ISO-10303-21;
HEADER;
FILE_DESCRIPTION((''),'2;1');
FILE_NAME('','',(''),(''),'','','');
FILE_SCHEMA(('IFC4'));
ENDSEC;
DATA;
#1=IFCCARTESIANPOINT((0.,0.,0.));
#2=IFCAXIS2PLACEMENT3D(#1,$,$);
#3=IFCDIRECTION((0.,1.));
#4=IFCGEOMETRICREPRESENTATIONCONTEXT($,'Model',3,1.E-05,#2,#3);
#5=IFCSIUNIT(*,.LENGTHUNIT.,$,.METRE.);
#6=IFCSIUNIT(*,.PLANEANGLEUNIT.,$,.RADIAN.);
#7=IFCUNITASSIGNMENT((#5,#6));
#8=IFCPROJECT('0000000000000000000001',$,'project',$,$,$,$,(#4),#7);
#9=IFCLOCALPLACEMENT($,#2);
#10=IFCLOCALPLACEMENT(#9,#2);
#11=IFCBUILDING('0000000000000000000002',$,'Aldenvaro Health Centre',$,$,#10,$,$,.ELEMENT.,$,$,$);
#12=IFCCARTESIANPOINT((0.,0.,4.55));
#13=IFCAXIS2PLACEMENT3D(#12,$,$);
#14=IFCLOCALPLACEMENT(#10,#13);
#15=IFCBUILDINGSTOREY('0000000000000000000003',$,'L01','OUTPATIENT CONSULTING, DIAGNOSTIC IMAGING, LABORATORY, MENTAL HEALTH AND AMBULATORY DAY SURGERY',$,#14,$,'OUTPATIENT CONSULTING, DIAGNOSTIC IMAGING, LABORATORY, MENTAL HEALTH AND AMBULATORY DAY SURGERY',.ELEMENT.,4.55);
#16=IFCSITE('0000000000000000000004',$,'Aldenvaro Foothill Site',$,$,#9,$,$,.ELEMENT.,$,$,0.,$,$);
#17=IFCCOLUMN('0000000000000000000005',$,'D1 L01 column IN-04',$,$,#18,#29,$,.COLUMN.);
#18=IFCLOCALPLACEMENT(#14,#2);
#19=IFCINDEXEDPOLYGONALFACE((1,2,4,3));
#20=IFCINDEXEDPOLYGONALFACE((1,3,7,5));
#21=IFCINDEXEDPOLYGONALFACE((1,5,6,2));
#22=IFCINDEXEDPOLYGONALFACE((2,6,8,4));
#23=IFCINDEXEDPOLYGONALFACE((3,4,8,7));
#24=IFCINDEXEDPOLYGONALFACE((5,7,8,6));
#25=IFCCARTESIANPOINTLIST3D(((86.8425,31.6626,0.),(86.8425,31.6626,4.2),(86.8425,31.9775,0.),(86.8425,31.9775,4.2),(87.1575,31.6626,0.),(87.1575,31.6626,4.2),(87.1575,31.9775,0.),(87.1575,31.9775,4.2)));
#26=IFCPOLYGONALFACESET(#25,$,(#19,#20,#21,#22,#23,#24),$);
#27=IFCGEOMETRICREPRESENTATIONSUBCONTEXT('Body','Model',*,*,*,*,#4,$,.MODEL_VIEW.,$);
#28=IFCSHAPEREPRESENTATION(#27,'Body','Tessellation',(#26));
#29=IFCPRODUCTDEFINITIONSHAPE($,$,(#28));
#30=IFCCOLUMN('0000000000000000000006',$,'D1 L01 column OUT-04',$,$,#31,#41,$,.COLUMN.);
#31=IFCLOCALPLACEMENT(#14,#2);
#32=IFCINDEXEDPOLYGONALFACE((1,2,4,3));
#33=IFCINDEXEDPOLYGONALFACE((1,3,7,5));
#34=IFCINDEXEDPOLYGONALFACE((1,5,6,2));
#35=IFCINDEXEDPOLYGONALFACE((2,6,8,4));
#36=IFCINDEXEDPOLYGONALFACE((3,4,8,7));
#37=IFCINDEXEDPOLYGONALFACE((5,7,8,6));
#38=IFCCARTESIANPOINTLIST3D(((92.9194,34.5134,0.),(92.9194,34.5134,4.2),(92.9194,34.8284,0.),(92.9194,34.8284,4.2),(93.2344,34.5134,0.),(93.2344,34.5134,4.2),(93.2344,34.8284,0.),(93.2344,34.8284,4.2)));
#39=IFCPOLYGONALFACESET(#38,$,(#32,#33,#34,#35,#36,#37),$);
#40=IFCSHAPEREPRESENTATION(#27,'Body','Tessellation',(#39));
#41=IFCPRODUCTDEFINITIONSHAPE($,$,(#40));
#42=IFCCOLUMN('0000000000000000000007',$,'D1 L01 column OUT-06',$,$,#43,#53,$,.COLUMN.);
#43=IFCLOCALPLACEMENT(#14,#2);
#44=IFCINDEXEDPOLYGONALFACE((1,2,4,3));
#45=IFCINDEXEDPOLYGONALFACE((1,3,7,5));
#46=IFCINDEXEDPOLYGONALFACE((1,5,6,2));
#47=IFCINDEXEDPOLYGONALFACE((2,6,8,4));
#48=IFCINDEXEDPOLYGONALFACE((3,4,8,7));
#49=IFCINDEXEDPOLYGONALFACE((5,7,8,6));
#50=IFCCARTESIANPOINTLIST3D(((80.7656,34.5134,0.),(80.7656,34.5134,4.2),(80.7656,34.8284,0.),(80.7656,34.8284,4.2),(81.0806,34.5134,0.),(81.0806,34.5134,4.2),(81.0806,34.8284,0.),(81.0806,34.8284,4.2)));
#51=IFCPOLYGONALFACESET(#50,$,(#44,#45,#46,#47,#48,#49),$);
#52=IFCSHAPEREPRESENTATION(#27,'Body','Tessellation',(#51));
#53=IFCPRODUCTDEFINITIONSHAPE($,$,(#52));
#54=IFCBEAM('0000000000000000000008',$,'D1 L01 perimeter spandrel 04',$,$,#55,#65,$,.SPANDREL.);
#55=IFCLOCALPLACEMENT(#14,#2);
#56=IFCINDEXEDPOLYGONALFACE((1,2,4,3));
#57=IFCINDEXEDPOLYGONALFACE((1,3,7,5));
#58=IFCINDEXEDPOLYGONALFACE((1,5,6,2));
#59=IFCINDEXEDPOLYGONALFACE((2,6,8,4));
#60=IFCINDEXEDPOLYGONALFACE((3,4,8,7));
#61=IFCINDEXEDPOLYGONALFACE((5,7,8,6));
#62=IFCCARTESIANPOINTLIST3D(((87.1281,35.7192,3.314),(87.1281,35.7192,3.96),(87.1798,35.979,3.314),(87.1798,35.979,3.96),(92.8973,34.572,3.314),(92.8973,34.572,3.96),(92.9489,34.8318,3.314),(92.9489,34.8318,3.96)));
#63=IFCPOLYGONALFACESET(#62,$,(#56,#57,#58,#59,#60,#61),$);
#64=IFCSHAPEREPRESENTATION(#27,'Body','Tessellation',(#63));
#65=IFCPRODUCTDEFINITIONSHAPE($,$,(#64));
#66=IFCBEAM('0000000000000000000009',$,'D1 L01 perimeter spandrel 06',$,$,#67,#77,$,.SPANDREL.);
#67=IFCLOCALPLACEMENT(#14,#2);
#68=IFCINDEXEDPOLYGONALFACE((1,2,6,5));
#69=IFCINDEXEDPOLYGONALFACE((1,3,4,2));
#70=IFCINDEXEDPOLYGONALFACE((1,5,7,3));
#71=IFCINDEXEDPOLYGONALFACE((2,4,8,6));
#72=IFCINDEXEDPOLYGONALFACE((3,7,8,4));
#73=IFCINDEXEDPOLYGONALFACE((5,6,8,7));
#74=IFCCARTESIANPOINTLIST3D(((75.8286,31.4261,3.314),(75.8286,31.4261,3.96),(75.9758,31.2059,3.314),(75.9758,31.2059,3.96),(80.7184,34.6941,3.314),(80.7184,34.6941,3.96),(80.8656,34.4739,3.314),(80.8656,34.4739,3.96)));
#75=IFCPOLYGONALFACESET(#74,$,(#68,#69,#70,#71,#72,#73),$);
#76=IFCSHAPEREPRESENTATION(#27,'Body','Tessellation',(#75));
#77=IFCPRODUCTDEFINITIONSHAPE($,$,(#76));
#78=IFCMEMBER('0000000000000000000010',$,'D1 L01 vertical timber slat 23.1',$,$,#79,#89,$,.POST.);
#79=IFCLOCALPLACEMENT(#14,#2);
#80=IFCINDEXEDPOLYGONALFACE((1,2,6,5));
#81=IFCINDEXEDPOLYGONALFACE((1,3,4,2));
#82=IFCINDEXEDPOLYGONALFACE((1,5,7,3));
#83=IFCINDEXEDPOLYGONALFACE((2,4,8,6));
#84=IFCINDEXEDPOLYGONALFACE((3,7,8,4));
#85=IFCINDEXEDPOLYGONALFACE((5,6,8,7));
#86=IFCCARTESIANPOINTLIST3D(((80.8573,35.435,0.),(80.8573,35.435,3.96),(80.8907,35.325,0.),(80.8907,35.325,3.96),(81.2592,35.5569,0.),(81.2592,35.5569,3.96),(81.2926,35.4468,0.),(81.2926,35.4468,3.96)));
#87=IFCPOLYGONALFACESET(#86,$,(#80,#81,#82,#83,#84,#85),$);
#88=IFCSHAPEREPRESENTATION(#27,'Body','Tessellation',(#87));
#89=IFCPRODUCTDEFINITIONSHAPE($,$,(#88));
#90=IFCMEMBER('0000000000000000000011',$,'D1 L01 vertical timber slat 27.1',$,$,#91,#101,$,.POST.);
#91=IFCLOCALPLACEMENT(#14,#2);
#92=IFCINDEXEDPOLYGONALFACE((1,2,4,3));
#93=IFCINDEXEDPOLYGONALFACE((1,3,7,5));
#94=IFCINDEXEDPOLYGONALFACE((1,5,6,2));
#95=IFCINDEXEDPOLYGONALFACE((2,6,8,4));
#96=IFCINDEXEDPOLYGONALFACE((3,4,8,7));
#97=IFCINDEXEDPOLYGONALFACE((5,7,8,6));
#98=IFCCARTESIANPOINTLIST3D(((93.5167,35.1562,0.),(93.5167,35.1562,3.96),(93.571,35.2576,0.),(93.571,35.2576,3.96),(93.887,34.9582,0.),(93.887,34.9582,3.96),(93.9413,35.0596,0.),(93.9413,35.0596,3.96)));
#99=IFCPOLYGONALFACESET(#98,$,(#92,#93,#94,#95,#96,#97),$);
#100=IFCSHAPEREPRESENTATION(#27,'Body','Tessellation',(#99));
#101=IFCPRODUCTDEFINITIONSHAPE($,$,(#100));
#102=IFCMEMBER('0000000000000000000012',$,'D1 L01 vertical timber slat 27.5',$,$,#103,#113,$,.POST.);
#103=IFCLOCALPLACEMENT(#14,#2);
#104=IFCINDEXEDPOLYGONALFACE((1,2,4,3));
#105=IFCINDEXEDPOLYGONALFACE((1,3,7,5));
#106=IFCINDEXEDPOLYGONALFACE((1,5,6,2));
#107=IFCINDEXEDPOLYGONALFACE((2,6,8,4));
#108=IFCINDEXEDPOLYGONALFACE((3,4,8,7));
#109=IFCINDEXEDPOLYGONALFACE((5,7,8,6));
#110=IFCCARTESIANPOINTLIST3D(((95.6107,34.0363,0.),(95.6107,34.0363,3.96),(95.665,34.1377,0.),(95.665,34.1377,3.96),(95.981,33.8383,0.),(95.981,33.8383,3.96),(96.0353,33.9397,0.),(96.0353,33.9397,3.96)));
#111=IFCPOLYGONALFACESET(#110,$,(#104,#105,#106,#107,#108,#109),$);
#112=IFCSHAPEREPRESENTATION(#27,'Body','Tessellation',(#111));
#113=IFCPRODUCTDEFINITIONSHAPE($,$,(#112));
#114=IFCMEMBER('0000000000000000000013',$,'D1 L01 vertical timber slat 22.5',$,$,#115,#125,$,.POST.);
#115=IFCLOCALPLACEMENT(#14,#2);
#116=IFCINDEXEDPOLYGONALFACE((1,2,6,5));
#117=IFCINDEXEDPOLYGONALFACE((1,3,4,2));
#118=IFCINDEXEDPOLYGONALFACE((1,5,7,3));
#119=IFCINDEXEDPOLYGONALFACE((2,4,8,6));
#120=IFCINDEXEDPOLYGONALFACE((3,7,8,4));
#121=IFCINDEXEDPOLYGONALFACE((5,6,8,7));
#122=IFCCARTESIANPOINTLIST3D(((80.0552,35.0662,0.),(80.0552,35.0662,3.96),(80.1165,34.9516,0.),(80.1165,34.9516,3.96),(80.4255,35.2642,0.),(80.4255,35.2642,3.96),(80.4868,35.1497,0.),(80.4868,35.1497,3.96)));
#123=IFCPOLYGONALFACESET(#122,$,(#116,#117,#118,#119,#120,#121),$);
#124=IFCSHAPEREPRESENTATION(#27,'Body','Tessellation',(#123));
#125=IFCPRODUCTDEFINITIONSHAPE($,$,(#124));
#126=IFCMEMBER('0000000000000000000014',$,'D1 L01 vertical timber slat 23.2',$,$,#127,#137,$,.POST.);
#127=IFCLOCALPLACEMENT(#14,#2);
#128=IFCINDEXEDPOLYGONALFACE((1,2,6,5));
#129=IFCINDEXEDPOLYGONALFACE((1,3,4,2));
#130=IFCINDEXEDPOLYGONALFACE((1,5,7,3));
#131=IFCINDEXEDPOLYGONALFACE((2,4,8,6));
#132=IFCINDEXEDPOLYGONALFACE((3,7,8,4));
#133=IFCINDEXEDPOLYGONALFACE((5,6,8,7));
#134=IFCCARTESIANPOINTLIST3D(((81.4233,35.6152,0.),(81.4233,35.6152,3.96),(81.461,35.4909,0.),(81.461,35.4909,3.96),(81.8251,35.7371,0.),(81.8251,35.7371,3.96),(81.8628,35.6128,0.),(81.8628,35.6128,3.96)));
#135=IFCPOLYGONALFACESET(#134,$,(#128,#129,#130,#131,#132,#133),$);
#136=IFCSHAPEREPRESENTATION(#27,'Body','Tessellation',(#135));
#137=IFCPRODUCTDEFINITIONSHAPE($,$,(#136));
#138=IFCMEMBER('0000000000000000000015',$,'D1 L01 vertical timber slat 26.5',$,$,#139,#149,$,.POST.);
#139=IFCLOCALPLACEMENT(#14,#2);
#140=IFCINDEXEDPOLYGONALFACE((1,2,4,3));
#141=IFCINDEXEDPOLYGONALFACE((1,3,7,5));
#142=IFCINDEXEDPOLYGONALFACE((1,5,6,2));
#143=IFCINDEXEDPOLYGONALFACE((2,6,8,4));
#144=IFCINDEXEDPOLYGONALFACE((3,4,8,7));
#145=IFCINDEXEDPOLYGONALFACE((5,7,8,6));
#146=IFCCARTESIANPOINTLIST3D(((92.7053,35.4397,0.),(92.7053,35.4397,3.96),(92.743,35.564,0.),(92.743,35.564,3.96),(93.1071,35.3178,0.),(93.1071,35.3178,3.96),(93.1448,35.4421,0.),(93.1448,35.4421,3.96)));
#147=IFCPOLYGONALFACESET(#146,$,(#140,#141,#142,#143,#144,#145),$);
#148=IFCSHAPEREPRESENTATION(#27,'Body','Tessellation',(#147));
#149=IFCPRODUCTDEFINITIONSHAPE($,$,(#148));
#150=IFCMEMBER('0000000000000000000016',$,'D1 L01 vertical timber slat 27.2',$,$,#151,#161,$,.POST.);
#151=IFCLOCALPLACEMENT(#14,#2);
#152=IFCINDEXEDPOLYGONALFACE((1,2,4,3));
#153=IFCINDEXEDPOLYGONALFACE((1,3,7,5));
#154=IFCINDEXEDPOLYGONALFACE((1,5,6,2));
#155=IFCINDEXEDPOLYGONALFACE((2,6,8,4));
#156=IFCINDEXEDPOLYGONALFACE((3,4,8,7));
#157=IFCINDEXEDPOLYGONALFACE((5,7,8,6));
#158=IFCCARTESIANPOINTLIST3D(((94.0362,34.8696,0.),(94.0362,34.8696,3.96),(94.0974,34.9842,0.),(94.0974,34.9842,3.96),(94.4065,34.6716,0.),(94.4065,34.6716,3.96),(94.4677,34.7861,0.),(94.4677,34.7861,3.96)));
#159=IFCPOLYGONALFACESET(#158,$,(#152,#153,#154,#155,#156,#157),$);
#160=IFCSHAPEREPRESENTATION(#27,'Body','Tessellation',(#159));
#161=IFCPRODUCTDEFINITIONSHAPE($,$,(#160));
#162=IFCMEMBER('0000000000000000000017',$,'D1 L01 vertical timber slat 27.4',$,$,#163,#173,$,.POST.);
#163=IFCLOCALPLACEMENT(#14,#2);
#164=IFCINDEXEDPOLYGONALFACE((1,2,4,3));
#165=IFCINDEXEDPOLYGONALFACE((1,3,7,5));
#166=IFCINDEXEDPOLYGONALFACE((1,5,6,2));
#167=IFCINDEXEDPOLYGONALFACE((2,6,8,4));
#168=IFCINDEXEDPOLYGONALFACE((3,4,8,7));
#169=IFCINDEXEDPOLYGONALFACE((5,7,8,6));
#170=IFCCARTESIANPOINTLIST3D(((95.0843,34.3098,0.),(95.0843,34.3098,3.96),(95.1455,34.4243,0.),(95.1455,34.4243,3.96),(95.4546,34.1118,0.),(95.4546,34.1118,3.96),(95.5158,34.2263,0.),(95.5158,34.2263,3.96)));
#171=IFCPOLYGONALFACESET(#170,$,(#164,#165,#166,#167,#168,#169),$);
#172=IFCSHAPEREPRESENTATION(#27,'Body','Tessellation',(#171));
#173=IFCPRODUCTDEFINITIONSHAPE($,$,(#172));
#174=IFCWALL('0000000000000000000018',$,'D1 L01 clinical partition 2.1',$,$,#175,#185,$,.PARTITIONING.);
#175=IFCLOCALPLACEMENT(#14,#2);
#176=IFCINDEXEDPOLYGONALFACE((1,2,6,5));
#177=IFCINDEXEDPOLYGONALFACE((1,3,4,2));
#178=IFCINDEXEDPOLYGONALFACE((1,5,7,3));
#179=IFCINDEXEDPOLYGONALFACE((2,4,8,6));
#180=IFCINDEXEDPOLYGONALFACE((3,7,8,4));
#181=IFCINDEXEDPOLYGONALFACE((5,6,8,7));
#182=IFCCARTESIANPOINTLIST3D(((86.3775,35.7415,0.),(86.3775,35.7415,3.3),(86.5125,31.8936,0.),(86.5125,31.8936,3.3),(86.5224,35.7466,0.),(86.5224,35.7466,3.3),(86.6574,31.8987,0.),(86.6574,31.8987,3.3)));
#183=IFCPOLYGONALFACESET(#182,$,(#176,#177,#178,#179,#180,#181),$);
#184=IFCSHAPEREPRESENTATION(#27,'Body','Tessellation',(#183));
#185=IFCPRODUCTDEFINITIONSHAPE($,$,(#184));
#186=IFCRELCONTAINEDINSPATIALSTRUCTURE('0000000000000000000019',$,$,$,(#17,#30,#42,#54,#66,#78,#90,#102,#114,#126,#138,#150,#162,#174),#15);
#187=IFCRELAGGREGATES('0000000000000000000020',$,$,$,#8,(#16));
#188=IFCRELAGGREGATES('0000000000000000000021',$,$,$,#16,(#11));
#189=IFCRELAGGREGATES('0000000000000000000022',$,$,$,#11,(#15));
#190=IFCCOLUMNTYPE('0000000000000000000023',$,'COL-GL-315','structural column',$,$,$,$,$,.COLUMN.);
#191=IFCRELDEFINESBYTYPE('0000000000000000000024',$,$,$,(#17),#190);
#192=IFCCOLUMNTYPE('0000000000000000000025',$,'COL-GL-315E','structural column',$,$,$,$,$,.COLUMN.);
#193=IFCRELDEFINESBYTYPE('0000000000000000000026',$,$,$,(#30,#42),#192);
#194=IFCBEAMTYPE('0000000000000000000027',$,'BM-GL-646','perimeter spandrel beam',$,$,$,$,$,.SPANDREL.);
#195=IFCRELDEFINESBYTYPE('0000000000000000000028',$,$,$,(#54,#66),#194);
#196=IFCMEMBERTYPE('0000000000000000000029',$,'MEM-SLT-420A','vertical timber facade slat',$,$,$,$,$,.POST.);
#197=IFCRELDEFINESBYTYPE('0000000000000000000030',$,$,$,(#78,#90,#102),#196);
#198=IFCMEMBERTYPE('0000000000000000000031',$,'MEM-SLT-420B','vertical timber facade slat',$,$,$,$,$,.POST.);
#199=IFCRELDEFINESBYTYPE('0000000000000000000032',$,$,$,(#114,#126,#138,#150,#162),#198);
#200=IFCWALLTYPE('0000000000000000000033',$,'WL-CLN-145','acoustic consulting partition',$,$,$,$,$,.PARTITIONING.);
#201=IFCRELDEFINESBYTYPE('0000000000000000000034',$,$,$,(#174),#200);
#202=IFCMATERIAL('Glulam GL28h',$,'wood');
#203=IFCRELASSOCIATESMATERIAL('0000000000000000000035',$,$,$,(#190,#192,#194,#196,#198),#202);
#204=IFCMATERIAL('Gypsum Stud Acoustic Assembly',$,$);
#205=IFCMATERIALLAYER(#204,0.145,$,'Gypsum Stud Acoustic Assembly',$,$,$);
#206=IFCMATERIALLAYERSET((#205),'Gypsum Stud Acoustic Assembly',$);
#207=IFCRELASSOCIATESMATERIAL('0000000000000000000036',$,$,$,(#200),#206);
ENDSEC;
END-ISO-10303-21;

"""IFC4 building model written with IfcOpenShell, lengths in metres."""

from ifc_helpers import new_model, si_unit, direction, frame, frame_2d, origin, origin_2d, place, context, subcontext, project, spatial, rectangle, extrude, material, layer, layer_set, material_profile, profile_set, type_object, element, save


model = new_model("IFC4")

# Units and contexts
model_context = context("Model", 3, precision=1e-05, world=origin(), true_north=direction((0.0, 1.0)))
body_context = subcontext(model_context, "Body", "Model", "MODEL_VIEW")
ifc_project = project(units=[si_unit("LENGTHUNIT", "METRE"), si_unit("PLANEANGLEUNIT", "RADIAN")], contexts=[model_context])

# Site, building, storey
site_placement = place(None, origin())
site = spatial("IfcSite", under=ifc_project, at=site_placement, Name="Aldenvaro Foothill Site", CompositionType="ELEMENT", RefElevation=0.0)
building_placement = place(site_placement, origin())
building = spatial("IfcBuilding", under=site, at=building_placement, Name="Aldenvaro Health Centre", CompositionType="ELEMENT")
storey_placement = place(building_placement, frame((0.0, 0.0, 4.55)))
storey = spatial("IfcBuildingStorey", under=building, at=storey_placement, Name="L01", Description="OUTPATIENT CONSULTING, DIAGNOSTIC IMAGING, LABORATORY, MENTAL HEALTH AND AMBULATORY DAY SURGERY", LongName="OUTPATIENT CONSULTING, DIAGNOSTIC IMAGING, LABORATORY, MENTAL HEALTH AND AMBULATORY DAY SURGERY", CompositionType="ELEMENT", Elevation=4.55)

# Columns
ifc_material_1 = material(Name="Glulam GL28h", Category="wood")
ifc_material_profile_1 = material_profile(ifc_material_1, rectangle(XDim=0.3149, YDim=0.3149, at=origin_2d()), Name="GL 315x315", Category="wood")
ifc_profile_set_1 = profile_set([ifc_material_profile_1], Name="Glulam GL28h")
column_type_1 = type_object("IfcColumnType", Name="COL-GL-315", Description="structural column", PredefinedType="COLUMN", material=ifc_profile_set_1)
column_placement = place(storey_placement, frame((87.0, 31.8201, 0.0), z_axis=(0.0, 0.0, 1.0), x_axis=(1.0, 0.0, 0.0)))
element("IfcColumn", 1, at=column_placement, inside=storey, type_object=column_type_1, Name="D1 L01 column IN-04", PredefinedType="COLUMN", context=body_context, shape_type="SweptSolid", body=[
    extrude(rectangle(XDim=0.3149, YDim=0.3149, at=origin_2d()), origin(), (0.0, 0.0, 1.0), 4.2),
])
ifc_material_profile_2 = material_profile(ifc_material_1, rectangle(XDim=0.3149, YDim=0.3149, at=origin_2d()), Name="GL 315x315", Category="wood")
ifc_profile_set_2 = profile_set([ifc_material_profile_2], Name="Glulam GL28h")
column_type_2 = type_object("IfcColumnType", Name="COL-GL-315E", Description="structural column", PredefinedType="COLUMN", material=ifc_profile_set_2)
for number, where, z_axis, x_axis, name in (
    (2, (93.0769, 34.6709, 0.0), (0.0, 0.0, 1.0), (1.0, 0.0, 0.0), "D1 L01 column OUT-04"),
    (3, (80.9231, 34.6709, 0.0), (0.0, 0.0, 1.0), (1.0, 0.0, 0.0), "D1 L01 column OUT-06"),
):
    element("IfcColumn", number, at=place(storey_placement, frame(where, z_axis=z_axis, x_axis=x_axis)), inside=storey, type_object=column_type_2, Name=name, PredefinedType="COLUMN", context=body_context, shape_type="SweptSolid", body=[
        extrude(rectangle(XDim=0.3149, YDim=0.3149, at=origin_2d()), origin(), (0.0, 0.0, 1.0), 4.2),
    ])

# Beams
ifc_material_profile_3 = material_profile(ifc_material_1, rectangle(XDim=0.2649, YDim=0.646, at=origin_2d()), Name="GL 265x646", Category="wood")
ifc_profile_set_3 = profile_set([ifc_material_profile_3], Name="Glulam GL28h")
beam_type = type_object("IfcBeamType", Name="BM-GL-646", Description="perimeter spandrel beam", PredefinedType="SPANDREL", material=ifc_profile_set_3)
beam_1_placement = place(storey_placement, frame((92.9231, 34.7019, 3.637), z_axis=(-0.980796, 0.195038, 0.0), x_axis=(-0.195038, -0.980796, 0.0)))
element("IfcBeam", 4, at=beam_1_placement, inside=storey, type_object=beam_type, Name="D1 L01 perimeter spandrel 04", PredefinedType="SPANDREL", context=body_context, shape_type="SweptSolid", body=[
    extrude(rectangle(XDim=0.2649, YDim=0.646, at=origin_2d()), origin(), (0.0, 0.0, 1.0), 5.8821),
])
beam_2_placement = place(storey_placement, frame((80.792, 34.584, 3.637), z_axis=(-0.831411, -0.555658, 0.0), x_axis=(0.555658, -0.831411, 0.0)))
element("IfcBeam", 5, at=beam_2_placement, inside=storey, type_object=beam_type, Name="D1 L01 perimeter spandrel 06", PredefinedType="SPANDREL", context=body_context, shape_type="SweptSolid", body=[
    extrude(rectangle(XDim=0.2649, YDim=0.646, at=origin_2d()), origin(), (0.0, 0.0, 1.0), 5.8813),
])

# Members
ifc_material_profile_4 = material_profile(ifc_material_1, rectangle(XDim=0.115, YDim=0.4199, at=origin_2d()), Name="GL 115x420", Category="wood")
ifc_profile_set_4 = profile_set([ifc_material_profile_4], Name="Glulam GL28h")
member_type_1 = type_object("IfcMemberType", Name="MEM-SLT-420A", Description="vertical timber facade slat", PredefinedType="POST", material=ifc_profile_set_4)
for number, where, z_axis, x_axis, name in (
    (6, (81.075, 35.4409, 0.0), (0.0, 0.0, 1.0), (-0.290171, 0.956975, 0.0), "D1 L01 vertical timber slat 23.1"),
    (7, (93.729, 35.1079, 0.0), (0.0, 0.0, 1.0), (0.471557, 0.881836, 0.0), "D1 L01 vertical timber slat 27.1"),
    (8, (95.823, 33.988, 0.0), (0.0, 0.0, 1.0), (0.471557, 0.881836, 0.0), "D1 L01 vertical timber slat 27.5"),
):
    element("IfcMember", number, at=place(storey_placement, frame(where, z_axis=z_axis, x_axis=x_axis)), inside=storey, type_object=member_type_1, Name=name, PredefinedType="POST", context=body_context, shape_type="SweptSolid", body=[
        extrude(rectangle(XDim=0.115, YDim=0.4199, at=origin_2d()), origin(), (0.0, 0.0, 1.0), 3.96),
    ])
ifc_material_profile_5 = material_profile(ifc_material_1, rectangle(XDim=0.1299, YDim=0.4199, at=origin_2d()), Name="GL 130x420", Category="wood")
ifc_profile_set_5 = profile_set([ifc_material_profile_5], Name="Glulam GL28h")
member_type_2 = type_object("IfcMemberType", Name="MEM-SLT-420B", Description="vertical timber facade slat", PredefinedType="POST", material=ifc_profile_set_5)
for number, where, z_axis, x_axis, name in (
    (9, (80.271, 35.1079, 0.0), (0.0, 0.0, 1.0), (-0.471557, 0.881836, 0.0), "D1 L01 vertical timber slat 22.5"),
    (10, (81.6431, 35.614, 0.0), (0.0, 0.0, 1.0), (-0.290171, 0.956975, 0.0), "D1 L01 vertical timber slat 23.2"),
    (11, (92.925, 35.4409, 0.0), (0.0, 0.0, 1.0), (0.290171, 0.956975, 0.0), "D1 L01 vertical timber slat 26.5"),
    (12, (94.252, 34.8279, 0.0), (0.0, 0.0, 1.0), (0.471557, 0.881836, 0.0), "D1 L01 vertical timber slat 27.2"),
    (13, (95.3, 34.2681, 0.0), (0.0, 0.0, 1.0), (0.471557, 0.881836, 0.0), "D1 L01 vertical timber slat 27.4"),
):
    element("IfcMember", number, at=place(storey_placement, frame(where, z_axis=z_axis, x_axis=x_axis)), inside=storey, type_object=member_type_2, Name=name, PredefinedType="POST", context=body_context, shape_type="SweptSolid", body=[
        extrude(rectangle(XDim=0.1299, YDim=0.4199, at=origin_2d()), origin(), (0.0, 0.0, 1.0), 3.96),
    ])

# Wall
ifc_material_2 = material(Name="Gypsum Stud Acoustic Assembly")
ifc_layer_1 = layer(ifc_material_2, 0.145, Name="Gypsum Stud Acoustic Assembly")
ifc_layer_set_1 = layer_set([ifc_layer_1], Name="Gypsum Stud Acoustic Assembly")
wall_type_1 = type_object("IfcWallType", Name="WL-CLN-145", Description="acoustic consulting partition", PredefinedType="PARTITIONING", material=ifc_layer_set_1)
wall_1_placement = place(storey_placement, frame((86.585, 31.896, 0.0), z_axis=(0.0, 0.0, 1.0), x_axis=(-0.035065, 0.999385, 0.0)))
element("IfcWall", 14, at=wall_1_placement, inside=storey, type_object=wall_type_1, Name="D1 L01 clinical partition 2.1", PredefinedType="PARTITIONING", context=body_context, shape_type="SweptSolid", body=[
    extrude(rectangle(XDim=3.8503, YDim=0.145, at=frame_2d((1.9253, 0.0))), origin(), (0.0, 0.0, 1.0), 3.3),
])

save(model, "model.ifc")
